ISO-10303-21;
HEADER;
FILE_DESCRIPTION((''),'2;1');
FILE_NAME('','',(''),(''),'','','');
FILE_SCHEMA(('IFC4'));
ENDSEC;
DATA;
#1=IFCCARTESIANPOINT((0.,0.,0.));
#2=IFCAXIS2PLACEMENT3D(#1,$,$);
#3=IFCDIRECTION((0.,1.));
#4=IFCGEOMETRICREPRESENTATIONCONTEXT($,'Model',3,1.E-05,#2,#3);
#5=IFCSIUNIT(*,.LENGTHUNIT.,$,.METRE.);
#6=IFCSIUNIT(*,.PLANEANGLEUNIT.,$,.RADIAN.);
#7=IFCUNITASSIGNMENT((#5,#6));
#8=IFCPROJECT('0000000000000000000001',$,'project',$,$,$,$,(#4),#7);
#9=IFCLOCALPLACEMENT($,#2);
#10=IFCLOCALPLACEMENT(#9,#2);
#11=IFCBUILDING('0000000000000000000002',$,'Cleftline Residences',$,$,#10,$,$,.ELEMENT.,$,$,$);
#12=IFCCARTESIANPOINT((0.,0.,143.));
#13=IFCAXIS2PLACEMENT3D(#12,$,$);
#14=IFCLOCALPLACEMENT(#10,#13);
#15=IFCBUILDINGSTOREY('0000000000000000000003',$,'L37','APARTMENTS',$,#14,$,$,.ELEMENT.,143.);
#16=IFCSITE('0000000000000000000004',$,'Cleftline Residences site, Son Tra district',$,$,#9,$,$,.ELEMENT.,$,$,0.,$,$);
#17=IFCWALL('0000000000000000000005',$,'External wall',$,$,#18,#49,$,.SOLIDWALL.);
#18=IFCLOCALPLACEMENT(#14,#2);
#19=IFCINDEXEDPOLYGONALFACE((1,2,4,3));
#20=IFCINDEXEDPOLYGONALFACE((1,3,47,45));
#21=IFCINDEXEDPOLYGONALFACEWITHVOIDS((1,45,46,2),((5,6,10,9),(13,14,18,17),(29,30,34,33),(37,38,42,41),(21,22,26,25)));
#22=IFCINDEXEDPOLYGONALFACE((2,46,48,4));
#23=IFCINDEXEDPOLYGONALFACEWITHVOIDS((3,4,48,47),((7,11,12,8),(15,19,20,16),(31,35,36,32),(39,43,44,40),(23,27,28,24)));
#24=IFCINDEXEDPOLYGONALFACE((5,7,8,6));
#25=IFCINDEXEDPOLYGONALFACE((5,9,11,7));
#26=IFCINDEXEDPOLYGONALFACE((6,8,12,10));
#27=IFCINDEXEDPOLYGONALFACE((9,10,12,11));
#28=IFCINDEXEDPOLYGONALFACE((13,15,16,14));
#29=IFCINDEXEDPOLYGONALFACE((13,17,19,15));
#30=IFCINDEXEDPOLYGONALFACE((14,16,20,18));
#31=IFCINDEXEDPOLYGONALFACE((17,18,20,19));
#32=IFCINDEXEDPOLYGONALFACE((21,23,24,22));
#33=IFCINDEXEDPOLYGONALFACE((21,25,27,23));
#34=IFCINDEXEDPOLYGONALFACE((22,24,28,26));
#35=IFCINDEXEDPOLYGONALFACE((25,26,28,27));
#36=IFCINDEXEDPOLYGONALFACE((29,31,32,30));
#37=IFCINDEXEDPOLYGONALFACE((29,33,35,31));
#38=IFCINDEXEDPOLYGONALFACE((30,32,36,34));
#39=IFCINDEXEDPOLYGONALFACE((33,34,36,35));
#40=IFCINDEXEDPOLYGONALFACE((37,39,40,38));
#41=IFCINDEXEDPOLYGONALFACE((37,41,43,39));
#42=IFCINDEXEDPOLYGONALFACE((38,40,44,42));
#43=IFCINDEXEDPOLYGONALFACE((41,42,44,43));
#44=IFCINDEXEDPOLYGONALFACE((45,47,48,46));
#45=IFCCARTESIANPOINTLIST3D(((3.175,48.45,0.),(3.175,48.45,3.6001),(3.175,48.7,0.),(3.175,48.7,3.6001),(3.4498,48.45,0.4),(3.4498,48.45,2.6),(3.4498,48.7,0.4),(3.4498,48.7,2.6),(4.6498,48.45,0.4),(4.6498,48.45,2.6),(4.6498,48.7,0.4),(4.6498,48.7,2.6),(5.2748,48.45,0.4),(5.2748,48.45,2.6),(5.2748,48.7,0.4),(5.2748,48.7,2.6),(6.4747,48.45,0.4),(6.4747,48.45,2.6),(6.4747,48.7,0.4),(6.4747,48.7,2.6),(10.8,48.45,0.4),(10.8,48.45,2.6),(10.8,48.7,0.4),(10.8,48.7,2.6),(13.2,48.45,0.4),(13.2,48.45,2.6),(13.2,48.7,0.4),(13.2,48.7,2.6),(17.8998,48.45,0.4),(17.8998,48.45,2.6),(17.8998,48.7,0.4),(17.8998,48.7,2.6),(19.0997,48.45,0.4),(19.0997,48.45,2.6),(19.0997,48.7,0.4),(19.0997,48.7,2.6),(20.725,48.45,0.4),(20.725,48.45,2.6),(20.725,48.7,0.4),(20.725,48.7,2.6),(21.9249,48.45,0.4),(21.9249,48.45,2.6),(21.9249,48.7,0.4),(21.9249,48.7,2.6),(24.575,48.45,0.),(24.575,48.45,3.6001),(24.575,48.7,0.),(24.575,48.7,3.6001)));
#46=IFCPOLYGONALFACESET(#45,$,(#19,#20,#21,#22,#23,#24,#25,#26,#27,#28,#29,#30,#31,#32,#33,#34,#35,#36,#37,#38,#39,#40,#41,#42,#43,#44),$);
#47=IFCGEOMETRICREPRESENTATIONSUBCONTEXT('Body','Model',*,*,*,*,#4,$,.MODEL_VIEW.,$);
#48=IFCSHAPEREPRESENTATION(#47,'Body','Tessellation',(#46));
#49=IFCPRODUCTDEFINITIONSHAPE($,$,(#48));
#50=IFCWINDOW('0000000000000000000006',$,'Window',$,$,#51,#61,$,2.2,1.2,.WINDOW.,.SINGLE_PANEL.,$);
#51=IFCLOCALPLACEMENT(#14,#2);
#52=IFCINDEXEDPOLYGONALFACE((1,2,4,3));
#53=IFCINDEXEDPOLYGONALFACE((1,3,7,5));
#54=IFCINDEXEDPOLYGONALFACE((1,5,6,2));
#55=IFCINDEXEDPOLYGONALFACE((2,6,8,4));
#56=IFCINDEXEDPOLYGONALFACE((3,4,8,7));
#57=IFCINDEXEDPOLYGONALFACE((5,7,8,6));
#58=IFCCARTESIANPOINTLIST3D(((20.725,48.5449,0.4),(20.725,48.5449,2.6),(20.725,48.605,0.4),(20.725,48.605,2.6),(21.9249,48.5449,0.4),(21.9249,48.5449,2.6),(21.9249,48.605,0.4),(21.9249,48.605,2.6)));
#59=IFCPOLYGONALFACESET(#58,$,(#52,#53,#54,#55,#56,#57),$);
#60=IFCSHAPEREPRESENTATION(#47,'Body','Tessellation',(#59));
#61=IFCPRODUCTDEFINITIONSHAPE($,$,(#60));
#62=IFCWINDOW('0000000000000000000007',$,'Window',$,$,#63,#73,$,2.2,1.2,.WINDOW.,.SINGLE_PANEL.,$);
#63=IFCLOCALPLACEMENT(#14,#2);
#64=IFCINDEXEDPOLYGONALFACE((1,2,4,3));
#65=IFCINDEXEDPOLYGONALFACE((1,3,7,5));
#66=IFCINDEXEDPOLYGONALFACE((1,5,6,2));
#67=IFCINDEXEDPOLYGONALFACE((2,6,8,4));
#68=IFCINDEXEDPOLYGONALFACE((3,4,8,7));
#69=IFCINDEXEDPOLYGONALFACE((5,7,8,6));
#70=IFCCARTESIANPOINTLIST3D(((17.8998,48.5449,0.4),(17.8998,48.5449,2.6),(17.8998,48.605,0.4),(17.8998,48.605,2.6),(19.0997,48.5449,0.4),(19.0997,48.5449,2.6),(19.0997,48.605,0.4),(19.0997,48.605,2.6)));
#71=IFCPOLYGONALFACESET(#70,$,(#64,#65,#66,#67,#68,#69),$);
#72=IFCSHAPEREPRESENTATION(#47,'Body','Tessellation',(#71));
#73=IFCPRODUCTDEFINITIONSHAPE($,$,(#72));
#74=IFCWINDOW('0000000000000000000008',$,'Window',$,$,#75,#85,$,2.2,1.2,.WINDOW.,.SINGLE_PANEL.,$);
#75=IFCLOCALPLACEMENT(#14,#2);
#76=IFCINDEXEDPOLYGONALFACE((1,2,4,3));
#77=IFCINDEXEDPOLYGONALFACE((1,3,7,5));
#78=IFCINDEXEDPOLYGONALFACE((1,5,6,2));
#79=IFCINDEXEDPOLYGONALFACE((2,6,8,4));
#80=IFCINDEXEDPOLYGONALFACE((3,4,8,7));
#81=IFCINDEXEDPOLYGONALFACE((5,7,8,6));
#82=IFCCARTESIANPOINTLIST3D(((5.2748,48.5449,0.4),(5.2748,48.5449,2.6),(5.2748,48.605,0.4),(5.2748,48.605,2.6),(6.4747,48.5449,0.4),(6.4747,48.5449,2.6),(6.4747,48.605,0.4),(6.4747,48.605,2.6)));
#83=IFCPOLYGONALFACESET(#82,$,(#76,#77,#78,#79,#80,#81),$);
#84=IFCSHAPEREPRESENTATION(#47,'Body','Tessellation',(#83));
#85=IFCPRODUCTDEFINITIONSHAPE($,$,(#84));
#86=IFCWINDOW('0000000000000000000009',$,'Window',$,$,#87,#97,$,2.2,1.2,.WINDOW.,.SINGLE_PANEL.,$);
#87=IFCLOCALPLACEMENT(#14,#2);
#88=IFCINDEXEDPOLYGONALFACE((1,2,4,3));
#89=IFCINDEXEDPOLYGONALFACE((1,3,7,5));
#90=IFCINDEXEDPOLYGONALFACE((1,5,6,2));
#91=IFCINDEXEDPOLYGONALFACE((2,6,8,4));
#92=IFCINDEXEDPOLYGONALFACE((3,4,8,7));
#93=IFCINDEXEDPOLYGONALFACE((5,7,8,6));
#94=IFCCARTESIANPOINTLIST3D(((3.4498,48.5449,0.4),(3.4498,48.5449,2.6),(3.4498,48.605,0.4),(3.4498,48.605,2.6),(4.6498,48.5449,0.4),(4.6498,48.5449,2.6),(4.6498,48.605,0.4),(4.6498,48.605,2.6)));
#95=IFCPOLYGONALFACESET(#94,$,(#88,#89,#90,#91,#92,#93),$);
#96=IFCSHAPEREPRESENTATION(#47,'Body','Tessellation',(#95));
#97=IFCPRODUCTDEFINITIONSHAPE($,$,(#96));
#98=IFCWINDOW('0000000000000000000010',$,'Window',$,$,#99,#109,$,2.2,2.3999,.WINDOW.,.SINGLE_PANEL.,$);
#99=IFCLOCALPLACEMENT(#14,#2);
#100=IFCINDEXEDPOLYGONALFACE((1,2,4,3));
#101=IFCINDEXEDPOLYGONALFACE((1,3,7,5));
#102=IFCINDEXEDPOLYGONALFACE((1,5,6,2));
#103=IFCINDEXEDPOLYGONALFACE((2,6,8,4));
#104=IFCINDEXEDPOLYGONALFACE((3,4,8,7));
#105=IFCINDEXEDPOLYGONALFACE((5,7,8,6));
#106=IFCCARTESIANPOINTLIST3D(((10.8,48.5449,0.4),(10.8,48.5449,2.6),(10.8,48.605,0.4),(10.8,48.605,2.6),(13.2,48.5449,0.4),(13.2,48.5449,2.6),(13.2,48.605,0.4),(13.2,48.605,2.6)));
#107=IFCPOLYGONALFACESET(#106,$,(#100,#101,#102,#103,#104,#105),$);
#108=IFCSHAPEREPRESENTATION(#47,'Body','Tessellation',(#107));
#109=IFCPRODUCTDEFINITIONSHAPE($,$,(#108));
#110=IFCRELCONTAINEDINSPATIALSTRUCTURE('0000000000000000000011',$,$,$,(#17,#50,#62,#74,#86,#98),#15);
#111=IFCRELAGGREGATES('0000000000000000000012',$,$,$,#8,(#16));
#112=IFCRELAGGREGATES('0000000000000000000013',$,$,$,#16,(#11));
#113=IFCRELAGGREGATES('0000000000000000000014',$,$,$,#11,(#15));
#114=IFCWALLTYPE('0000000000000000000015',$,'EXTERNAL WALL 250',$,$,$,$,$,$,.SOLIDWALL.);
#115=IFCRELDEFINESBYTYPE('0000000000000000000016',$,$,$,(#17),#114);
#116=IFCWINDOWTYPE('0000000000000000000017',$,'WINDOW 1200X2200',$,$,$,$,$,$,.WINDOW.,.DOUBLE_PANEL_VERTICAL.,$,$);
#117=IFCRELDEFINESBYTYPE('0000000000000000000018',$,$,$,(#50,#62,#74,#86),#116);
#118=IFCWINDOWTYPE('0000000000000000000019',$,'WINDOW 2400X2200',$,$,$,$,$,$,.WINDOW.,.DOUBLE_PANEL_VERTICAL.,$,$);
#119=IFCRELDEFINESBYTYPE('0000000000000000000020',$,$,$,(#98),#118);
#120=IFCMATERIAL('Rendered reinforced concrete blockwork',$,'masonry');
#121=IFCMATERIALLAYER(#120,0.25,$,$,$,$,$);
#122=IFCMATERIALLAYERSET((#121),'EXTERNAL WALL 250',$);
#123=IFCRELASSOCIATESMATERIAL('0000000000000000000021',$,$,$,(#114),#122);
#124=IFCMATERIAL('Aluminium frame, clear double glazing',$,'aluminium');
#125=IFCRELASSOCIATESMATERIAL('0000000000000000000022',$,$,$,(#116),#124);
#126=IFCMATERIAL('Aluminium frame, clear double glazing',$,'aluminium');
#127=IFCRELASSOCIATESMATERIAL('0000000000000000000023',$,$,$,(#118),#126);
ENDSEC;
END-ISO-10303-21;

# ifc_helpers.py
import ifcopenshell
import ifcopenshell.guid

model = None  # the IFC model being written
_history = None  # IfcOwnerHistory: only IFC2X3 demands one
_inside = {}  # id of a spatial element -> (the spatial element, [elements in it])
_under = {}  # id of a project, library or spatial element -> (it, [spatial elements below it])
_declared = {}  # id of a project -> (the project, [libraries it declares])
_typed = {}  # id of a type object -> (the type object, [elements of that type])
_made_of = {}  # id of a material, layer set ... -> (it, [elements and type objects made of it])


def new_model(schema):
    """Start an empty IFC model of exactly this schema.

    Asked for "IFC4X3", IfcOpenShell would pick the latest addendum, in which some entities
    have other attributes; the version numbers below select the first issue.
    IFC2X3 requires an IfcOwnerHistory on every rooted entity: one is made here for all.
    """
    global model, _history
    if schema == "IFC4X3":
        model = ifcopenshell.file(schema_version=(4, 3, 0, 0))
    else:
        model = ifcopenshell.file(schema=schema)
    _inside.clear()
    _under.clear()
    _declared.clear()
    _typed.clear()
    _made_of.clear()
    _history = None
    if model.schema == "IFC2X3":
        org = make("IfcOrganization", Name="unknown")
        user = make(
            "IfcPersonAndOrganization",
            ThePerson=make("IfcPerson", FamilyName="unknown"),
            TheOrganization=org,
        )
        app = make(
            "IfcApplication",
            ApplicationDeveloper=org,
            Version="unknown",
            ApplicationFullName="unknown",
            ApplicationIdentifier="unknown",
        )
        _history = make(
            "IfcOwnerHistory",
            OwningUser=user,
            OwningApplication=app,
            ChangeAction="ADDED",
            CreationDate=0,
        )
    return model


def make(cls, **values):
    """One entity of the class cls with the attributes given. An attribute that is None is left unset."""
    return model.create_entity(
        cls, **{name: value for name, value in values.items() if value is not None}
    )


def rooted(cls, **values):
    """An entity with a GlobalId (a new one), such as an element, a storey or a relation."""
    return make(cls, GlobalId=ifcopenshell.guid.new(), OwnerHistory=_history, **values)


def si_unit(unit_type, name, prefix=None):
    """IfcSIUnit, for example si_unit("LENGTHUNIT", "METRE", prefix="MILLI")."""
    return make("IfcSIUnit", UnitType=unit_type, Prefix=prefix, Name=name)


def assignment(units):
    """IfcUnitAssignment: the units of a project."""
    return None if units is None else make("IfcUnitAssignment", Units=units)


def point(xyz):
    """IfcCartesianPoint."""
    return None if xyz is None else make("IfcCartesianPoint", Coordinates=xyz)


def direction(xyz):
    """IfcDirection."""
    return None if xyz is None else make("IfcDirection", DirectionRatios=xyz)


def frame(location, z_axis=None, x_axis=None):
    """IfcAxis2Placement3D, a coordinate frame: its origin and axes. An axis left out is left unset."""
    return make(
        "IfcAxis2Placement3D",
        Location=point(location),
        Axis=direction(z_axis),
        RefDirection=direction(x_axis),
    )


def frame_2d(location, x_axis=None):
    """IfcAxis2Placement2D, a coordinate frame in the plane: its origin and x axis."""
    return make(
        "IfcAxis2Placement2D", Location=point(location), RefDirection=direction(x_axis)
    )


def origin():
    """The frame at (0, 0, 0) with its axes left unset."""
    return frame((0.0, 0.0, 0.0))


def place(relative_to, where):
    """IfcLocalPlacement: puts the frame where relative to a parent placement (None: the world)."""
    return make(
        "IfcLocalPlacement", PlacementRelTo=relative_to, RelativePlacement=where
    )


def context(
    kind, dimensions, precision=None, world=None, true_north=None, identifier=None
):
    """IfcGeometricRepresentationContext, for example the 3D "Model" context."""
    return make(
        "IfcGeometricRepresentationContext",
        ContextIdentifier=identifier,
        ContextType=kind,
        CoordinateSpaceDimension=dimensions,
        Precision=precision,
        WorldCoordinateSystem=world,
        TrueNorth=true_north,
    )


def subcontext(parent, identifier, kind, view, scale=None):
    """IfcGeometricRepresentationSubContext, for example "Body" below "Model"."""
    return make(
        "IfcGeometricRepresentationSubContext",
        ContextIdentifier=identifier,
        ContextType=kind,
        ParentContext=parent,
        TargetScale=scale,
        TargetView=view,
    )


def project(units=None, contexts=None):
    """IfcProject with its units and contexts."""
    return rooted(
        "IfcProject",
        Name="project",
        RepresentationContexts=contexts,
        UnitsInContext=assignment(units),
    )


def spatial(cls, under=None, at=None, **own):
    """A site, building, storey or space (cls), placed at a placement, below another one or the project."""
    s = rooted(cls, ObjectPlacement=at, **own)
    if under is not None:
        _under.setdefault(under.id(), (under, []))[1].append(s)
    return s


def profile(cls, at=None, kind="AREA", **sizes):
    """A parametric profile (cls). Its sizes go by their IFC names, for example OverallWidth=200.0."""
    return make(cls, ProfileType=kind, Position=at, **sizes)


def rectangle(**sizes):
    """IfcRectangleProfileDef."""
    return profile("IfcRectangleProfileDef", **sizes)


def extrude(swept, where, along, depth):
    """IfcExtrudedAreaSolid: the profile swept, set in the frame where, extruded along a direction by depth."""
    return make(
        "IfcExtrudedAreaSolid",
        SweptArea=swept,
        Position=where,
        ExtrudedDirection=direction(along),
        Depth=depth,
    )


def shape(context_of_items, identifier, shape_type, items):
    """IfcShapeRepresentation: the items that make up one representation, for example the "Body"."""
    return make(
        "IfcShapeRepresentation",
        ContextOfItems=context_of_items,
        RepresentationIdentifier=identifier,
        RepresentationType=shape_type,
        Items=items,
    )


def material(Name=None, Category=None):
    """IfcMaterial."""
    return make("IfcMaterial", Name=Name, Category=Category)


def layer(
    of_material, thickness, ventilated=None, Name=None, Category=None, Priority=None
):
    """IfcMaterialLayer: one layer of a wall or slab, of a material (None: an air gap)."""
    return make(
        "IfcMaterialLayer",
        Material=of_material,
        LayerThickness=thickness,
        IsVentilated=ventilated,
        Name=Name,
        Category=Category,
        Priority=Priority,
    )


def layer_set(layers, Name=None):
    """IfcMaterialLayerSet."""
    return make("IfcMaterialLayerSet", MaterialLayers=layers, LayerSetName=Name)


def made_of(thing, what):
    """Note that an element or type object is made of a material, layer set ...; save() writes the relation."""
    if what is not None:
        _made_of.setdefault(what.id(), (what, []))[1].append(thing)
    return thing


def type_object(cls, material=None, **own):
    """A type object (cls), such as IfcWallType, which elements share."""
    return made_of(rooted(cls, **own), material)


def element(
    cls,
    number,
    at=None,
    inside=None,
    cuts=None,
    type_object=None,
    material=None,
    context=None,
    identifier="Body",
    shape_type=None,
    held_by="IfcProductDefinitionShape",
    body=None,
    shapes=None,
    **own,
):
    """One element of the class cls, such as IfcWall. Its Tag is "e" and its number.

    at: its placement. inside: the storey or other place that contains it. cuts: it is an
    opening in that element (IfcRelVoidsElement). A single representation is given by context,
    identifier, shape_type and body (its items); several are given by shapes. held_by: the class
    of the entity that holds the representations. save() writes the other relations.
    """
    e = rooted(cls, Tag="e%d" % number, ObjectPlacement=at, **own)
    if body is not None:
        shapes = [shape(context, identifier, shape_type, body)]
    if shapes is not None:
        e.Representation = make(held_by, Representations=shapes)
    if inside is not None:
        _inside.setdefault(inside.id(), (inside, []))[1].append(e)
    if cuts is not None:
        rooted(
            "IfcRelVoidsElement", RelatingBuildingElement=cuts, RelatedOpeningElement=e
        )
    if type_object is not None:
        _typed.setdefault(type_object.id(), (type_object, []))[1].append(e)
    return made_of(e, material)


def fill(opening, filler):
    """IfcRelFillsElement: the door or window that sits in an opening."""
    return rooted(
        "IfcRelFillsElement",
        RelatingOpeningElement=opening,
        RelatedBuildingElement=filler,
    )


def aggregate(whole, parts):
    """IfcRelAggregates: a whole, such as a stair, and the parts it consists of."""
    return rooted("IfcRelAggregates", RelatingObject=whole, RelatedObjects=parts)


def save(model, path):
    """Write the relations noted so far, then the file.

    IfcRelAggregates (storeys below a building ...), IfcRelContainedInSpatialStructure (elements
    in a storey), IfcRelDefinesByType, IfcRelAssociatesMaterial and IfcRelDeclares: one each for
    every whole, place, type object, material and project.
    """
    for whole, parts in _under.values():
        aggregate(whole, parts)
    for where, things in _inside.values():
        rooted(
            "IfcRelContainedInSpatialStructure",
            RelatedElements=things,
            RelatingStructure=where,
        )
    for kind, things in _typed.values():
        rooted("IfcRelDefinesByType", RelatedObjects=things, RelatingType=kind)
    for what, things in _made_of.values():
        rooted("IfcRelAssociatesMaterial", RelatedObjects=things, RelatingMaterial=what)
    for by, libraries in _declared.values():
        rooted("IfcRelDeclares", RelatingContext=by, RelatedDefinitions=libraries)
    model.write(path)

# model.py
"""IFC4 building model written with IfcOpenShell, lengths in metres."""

from ifc_helpers import new_model, si_unit, direction, frame, frame_2d, origin, place, context, subcontext, project, spatial, rectangle, extrude, material, layer, layer_set, type_object, element, fill, save


model = new_model("IFC4")

# Units and contexts
model_context = context("Model", 3, precision=1e-05, world=origin(), true_north=direction((0.0, 1.0)))
body_context = subcontext(model_context, "Body", "Model", "MODEL_VIEW")
ifc_project = project(units=[si_unit("LENGTHUNIT", "METRE"), si_unit("PLANEANGLEUNIT", "RADIAN")], contexts=[model_context])

# Site, building, storey
site_placement = place(None, origin())
site = spatial("IfcSite", under=ifc_project, at=site_placement, Name="Cleftline Residences site, Son Tra district", CompositionType="ELEMENT", RefElevation=0.0)
building_placement = place(site_placement, origin())
building = spatial("IfcBuilding", under=site, at=building_placement, Name="Cleftline Residences", CompositionType="ELEMENT")
storey_placement = place(building_placement, frame((0.0, 0.0, 143.0)))
storey = spatial("IfcBuildingStorey", under=building, at=storey_placement, Name="L37", Description="APARTMENTS", CompositionType="ELEMENT", Elevation=143.0)

# Wall, openings, windows
ifc_material_1 = material(Name="Rendered reinforced concrete blockwork", Category="masonry")
ifc_layer_1 = layer(ifc_material_1, 0.25)
ifc_layer_set_1 = layer_set([ifc_layer_1], Name="EXTERNAL WALL 250")
wall_type = type_object("IfcWallType", Name="EXTERNAL WALL 250", PredefinedType="SOLIDWALL", material=ifc_layer_set_1)
wall_placement = place(storey_placement, frame((24.575, 48.575, 0.0), z_axis=(0.0, 0.0, 1.0), x_axis=(-1.0, 0.0, 0.0)))
wall = element("IfcWall", 1, at=wall_placement, inside=storey, type_object=wall_type, Name="External wall", PredefinedType="SOLIDWALL", context=body_context, shape_type="SweptSolid", body=[
    extrude(rectangle(XDim=21.3999, YDim=0.25, at=frame_2d((10.7, 0.0))), origin(), (0.0, 0.0, 1.0), 3.6001),
])
opening_1_placement = place(wall_placement, frame((2.6499, 0.0, 0.3999)))
opening_1 = element("IfcOpeningElement", 2, at=opening_1_placement, cuts=wall, PredefinedType="OPENING", context=body_context, shape_type="SweptSolid", body=[
    extrude(rectangle(XDim=1.2, YDim=2.2, at=frame_2d((0.6001, 1.1001))), frame((0.0, 0.135, 0.0), z_axis=(0.0, -1.0, 0.0), x_axis=(1.0, 0.0, 0.0)), (0.0, 0.0, 1.0), 0.27),
])
opening_2_placement = place(wall_placement, frame((5.4751, 0.0, 0.3999)))
opening_2 = element("IfcOpeningElement", 3, at=opening_2_placement, cuts=wall, PredefinedType="OPENING", context=body_context, shape_type="SweptSolid", body=[
    extrude(rectangle(XDim=1.2, YDim=2.2, at=frame_2d((0.6001, 1.1001))), frame((0.0, 0.135, 0.0), z_axis=(0.0, -1.0, 0.0), x_axis=(1.0, 0.0, 0.0)), (0.0, 0.0, 1.0), 0.27),
])
opening_3_placement = place(wall_placement, frame((11.375, 0.0, 0.3999)))
opening_3 = element("IfcOpeningElement", 4, at=opening_3_placement, cuts=wall, PredefinedType="OPENING", context=body_context, shape_type="SweptSolid", body=[
    extrude(rectangle(XDim=2.3999, YDim=2.2, at=frame_2d((1.2, 1.1001))), frame((0.0, 0.135, 0.0), z_axis=(0.0, -1.0, 0.0), x_axis=(1.0, 0.0, 0.0)), (0.0, 0.0, 1.0), 0.27),
])
opening_4_placement = place(wall_placement, frame((18.1001, 0.0, 0.3999)))
opening_4 = element("IfcOpeningElement", 5, at=opening_4_placement, cuts=wall, PredefinedType="OPENING", context=body_context, shape_type="SweptSolid", body=[
    extrude(rectangle(XDim=1.2, YDim=2.2, at=frame_2d((0.6001, 1.1001))), frame((0.0, 0.135, 0.0), z_axis=(0.0, -1.0, 0.0), x_axis=(1.0, 0.0, 0.0)), (0.0, 0.0, 1.0), 0.27),
])
opening_5_placement = place(wall_placement, frame((19.925, 0.0, 0.3999)))
opening_5 = element("IfcOpeningElement", 6, at=opening_5_placement, cuts=wall, PredefinedType="OPENING", context=body_context, shape_type="SweptSolid", body=[
    extrude(rectangle(XDim=1.2, YDim=2.2, at=frame_2d((0.6001, 1.1001))), frame((0.0, 0.135, 0.0), z_axis=(0.0, -1.0, 0.0), x_axis=(1.0, 0.0, 0.0)), (0.0, 0.0, 1.0), 0.27),
])
ifc_material_2 = material(Name="Aluminium frame, clear double glazing", Category="aluminium")
window_type_1 = type_object("IfcWindowType", Name="WINDOW 1200X2200", PartitioningType="DOUBLE_PANEL_VERTICAL", PredefinedType="WINDOW", material=ifc_material_2)
window_1_placement = place(opening_1_placement, origin())
window_1 = element("IfcWindow", 7, at=window_1_placement, inside=storey, type_object=window_type_1, Name="Window", OverallHeight=2.2, OverallWidth=1.2, PartitioningType="SINGLE_PANEL", PredefinedType="WINDOW", context=body_context, shape_type="SweptSolid", body=[
    extrude(rectangle(XDim=1.2, YDim=2.2, at=frame_2d((0.6001, 1.1001))), frame((0.0, 0.03, 0.0), z_axis=(0.0, -1.0, 0.0), x_axis=(1.0, 0.0, 0.0)), (0.0, 0.0, 1.0), 0.0601),
])
fill(opening_1, window_1)
window_2_placement = place(opening_2_placement, origin())
window_2 = element("IfcWindow", 8, at=window_2_placement, inside=storey, type_object=window_type_1, Name="Window", OverallHeight=2.2, OverallWidth=1.2, PartitioningType="SINGLE_PANEL", PredefinedType="WINDOW", context=body_context, shape_type="SweptSolid", body=[
    extrude(rectangle(XDim=1.2, YDim=2.2, at=frame_2d((0.6001, 1.1001))), frame((0.0, 0.03, 0.0), z_axis=(0.0, -1.0, 0.0), x_axis=(1.0, 0.0, 0.0)), (0.0, 0.0, 1.0), 0.0601),
])
fill(opening_2, window_2)
window_3_placement = place(opening_4_placement, origin())
window_3 = element("IfcWindow", 9, at=window_3_placement, inside=storey, type_object=window_type_1, Name="Window", OverallHeight=2.2, OverallWidth=1.2, PartitioningType="SINGLE_PANEL", PredefinedType="WINDOW", context=body_context, shape_type="SweptSolid", body=[
    extrude(rectangle(XDim=1.2, YDim=2.2, at=frame_2d((0.6001, 1.1001))), frame((0.0, 0.03, 0.0), z_axis=(0.0, -1.0, 0.0), x_axis=(1.0, 0.0, 0.0)), (0.0, 0.0, 1.0), 0.0601),
])
fill(opening_4, window_3)
window_4_placement = place(opening_5_placement, origin())
window_4 = element("IfcWindow", 10, at=window_4_placement, inside=storey, type_object=window_type_1, Name="Window", OverallHeight=2.2, OverallWidth=1.2, PartitioningType="SINGLE_PANEL", PredefinedType="WINDOW", context=body_context, shape_type="SweptSolid", body=[
    extrude(rectangle(XDim=1.2, YDim=2.2, at=frame_2d((0.6001, 1.1001))), frame((0.0, 0.03, 0.0), z_axis=(0.0, -1.0, 0.0), x_axis=(1.0, 0.0, 0.0)), (0.0, 0.0, 1.0), 0.0601),
])
fill(opening_5, window_4)
ifc_material_3 = material(Name="Aluminium frame, clear double glazing", Category="aluminium")
window_type_2 = type_object("IfcWindowType", Name="WINDOW 2400X2200", PartitioningType="DOUBLE_PANEL_VERTICAL", PredefinedType="WINDOW", material=ifc_material_3)
window_5_placement = place(opening_3_placement, origin())
window_5 = element("IfcWindow", 11, at=window_5_placement, inside=storey, type_object=window_type_2, Name="Window", OverallHeight=2.2, OverallWidth=2.3999, PartitioningType="SINGLE_PANEL", PredefinedType="WINDOW", context=body_context, shape_type="SweptSolid", body=[
    extrude(rectangle(XDim=2.3999, YDim=2.2, at=frame_2d((1.2, 1.1001))), frame((0.0, 0.03, 0.0), z_axis=(0.0, -1.0, 0.0), x_axis=(1.0, 0.0, 0.0)), (0.0, 0.0, 1.0), 0.0601),
])
fill(opening_3, window_5)

save(model, "model.ifc")
